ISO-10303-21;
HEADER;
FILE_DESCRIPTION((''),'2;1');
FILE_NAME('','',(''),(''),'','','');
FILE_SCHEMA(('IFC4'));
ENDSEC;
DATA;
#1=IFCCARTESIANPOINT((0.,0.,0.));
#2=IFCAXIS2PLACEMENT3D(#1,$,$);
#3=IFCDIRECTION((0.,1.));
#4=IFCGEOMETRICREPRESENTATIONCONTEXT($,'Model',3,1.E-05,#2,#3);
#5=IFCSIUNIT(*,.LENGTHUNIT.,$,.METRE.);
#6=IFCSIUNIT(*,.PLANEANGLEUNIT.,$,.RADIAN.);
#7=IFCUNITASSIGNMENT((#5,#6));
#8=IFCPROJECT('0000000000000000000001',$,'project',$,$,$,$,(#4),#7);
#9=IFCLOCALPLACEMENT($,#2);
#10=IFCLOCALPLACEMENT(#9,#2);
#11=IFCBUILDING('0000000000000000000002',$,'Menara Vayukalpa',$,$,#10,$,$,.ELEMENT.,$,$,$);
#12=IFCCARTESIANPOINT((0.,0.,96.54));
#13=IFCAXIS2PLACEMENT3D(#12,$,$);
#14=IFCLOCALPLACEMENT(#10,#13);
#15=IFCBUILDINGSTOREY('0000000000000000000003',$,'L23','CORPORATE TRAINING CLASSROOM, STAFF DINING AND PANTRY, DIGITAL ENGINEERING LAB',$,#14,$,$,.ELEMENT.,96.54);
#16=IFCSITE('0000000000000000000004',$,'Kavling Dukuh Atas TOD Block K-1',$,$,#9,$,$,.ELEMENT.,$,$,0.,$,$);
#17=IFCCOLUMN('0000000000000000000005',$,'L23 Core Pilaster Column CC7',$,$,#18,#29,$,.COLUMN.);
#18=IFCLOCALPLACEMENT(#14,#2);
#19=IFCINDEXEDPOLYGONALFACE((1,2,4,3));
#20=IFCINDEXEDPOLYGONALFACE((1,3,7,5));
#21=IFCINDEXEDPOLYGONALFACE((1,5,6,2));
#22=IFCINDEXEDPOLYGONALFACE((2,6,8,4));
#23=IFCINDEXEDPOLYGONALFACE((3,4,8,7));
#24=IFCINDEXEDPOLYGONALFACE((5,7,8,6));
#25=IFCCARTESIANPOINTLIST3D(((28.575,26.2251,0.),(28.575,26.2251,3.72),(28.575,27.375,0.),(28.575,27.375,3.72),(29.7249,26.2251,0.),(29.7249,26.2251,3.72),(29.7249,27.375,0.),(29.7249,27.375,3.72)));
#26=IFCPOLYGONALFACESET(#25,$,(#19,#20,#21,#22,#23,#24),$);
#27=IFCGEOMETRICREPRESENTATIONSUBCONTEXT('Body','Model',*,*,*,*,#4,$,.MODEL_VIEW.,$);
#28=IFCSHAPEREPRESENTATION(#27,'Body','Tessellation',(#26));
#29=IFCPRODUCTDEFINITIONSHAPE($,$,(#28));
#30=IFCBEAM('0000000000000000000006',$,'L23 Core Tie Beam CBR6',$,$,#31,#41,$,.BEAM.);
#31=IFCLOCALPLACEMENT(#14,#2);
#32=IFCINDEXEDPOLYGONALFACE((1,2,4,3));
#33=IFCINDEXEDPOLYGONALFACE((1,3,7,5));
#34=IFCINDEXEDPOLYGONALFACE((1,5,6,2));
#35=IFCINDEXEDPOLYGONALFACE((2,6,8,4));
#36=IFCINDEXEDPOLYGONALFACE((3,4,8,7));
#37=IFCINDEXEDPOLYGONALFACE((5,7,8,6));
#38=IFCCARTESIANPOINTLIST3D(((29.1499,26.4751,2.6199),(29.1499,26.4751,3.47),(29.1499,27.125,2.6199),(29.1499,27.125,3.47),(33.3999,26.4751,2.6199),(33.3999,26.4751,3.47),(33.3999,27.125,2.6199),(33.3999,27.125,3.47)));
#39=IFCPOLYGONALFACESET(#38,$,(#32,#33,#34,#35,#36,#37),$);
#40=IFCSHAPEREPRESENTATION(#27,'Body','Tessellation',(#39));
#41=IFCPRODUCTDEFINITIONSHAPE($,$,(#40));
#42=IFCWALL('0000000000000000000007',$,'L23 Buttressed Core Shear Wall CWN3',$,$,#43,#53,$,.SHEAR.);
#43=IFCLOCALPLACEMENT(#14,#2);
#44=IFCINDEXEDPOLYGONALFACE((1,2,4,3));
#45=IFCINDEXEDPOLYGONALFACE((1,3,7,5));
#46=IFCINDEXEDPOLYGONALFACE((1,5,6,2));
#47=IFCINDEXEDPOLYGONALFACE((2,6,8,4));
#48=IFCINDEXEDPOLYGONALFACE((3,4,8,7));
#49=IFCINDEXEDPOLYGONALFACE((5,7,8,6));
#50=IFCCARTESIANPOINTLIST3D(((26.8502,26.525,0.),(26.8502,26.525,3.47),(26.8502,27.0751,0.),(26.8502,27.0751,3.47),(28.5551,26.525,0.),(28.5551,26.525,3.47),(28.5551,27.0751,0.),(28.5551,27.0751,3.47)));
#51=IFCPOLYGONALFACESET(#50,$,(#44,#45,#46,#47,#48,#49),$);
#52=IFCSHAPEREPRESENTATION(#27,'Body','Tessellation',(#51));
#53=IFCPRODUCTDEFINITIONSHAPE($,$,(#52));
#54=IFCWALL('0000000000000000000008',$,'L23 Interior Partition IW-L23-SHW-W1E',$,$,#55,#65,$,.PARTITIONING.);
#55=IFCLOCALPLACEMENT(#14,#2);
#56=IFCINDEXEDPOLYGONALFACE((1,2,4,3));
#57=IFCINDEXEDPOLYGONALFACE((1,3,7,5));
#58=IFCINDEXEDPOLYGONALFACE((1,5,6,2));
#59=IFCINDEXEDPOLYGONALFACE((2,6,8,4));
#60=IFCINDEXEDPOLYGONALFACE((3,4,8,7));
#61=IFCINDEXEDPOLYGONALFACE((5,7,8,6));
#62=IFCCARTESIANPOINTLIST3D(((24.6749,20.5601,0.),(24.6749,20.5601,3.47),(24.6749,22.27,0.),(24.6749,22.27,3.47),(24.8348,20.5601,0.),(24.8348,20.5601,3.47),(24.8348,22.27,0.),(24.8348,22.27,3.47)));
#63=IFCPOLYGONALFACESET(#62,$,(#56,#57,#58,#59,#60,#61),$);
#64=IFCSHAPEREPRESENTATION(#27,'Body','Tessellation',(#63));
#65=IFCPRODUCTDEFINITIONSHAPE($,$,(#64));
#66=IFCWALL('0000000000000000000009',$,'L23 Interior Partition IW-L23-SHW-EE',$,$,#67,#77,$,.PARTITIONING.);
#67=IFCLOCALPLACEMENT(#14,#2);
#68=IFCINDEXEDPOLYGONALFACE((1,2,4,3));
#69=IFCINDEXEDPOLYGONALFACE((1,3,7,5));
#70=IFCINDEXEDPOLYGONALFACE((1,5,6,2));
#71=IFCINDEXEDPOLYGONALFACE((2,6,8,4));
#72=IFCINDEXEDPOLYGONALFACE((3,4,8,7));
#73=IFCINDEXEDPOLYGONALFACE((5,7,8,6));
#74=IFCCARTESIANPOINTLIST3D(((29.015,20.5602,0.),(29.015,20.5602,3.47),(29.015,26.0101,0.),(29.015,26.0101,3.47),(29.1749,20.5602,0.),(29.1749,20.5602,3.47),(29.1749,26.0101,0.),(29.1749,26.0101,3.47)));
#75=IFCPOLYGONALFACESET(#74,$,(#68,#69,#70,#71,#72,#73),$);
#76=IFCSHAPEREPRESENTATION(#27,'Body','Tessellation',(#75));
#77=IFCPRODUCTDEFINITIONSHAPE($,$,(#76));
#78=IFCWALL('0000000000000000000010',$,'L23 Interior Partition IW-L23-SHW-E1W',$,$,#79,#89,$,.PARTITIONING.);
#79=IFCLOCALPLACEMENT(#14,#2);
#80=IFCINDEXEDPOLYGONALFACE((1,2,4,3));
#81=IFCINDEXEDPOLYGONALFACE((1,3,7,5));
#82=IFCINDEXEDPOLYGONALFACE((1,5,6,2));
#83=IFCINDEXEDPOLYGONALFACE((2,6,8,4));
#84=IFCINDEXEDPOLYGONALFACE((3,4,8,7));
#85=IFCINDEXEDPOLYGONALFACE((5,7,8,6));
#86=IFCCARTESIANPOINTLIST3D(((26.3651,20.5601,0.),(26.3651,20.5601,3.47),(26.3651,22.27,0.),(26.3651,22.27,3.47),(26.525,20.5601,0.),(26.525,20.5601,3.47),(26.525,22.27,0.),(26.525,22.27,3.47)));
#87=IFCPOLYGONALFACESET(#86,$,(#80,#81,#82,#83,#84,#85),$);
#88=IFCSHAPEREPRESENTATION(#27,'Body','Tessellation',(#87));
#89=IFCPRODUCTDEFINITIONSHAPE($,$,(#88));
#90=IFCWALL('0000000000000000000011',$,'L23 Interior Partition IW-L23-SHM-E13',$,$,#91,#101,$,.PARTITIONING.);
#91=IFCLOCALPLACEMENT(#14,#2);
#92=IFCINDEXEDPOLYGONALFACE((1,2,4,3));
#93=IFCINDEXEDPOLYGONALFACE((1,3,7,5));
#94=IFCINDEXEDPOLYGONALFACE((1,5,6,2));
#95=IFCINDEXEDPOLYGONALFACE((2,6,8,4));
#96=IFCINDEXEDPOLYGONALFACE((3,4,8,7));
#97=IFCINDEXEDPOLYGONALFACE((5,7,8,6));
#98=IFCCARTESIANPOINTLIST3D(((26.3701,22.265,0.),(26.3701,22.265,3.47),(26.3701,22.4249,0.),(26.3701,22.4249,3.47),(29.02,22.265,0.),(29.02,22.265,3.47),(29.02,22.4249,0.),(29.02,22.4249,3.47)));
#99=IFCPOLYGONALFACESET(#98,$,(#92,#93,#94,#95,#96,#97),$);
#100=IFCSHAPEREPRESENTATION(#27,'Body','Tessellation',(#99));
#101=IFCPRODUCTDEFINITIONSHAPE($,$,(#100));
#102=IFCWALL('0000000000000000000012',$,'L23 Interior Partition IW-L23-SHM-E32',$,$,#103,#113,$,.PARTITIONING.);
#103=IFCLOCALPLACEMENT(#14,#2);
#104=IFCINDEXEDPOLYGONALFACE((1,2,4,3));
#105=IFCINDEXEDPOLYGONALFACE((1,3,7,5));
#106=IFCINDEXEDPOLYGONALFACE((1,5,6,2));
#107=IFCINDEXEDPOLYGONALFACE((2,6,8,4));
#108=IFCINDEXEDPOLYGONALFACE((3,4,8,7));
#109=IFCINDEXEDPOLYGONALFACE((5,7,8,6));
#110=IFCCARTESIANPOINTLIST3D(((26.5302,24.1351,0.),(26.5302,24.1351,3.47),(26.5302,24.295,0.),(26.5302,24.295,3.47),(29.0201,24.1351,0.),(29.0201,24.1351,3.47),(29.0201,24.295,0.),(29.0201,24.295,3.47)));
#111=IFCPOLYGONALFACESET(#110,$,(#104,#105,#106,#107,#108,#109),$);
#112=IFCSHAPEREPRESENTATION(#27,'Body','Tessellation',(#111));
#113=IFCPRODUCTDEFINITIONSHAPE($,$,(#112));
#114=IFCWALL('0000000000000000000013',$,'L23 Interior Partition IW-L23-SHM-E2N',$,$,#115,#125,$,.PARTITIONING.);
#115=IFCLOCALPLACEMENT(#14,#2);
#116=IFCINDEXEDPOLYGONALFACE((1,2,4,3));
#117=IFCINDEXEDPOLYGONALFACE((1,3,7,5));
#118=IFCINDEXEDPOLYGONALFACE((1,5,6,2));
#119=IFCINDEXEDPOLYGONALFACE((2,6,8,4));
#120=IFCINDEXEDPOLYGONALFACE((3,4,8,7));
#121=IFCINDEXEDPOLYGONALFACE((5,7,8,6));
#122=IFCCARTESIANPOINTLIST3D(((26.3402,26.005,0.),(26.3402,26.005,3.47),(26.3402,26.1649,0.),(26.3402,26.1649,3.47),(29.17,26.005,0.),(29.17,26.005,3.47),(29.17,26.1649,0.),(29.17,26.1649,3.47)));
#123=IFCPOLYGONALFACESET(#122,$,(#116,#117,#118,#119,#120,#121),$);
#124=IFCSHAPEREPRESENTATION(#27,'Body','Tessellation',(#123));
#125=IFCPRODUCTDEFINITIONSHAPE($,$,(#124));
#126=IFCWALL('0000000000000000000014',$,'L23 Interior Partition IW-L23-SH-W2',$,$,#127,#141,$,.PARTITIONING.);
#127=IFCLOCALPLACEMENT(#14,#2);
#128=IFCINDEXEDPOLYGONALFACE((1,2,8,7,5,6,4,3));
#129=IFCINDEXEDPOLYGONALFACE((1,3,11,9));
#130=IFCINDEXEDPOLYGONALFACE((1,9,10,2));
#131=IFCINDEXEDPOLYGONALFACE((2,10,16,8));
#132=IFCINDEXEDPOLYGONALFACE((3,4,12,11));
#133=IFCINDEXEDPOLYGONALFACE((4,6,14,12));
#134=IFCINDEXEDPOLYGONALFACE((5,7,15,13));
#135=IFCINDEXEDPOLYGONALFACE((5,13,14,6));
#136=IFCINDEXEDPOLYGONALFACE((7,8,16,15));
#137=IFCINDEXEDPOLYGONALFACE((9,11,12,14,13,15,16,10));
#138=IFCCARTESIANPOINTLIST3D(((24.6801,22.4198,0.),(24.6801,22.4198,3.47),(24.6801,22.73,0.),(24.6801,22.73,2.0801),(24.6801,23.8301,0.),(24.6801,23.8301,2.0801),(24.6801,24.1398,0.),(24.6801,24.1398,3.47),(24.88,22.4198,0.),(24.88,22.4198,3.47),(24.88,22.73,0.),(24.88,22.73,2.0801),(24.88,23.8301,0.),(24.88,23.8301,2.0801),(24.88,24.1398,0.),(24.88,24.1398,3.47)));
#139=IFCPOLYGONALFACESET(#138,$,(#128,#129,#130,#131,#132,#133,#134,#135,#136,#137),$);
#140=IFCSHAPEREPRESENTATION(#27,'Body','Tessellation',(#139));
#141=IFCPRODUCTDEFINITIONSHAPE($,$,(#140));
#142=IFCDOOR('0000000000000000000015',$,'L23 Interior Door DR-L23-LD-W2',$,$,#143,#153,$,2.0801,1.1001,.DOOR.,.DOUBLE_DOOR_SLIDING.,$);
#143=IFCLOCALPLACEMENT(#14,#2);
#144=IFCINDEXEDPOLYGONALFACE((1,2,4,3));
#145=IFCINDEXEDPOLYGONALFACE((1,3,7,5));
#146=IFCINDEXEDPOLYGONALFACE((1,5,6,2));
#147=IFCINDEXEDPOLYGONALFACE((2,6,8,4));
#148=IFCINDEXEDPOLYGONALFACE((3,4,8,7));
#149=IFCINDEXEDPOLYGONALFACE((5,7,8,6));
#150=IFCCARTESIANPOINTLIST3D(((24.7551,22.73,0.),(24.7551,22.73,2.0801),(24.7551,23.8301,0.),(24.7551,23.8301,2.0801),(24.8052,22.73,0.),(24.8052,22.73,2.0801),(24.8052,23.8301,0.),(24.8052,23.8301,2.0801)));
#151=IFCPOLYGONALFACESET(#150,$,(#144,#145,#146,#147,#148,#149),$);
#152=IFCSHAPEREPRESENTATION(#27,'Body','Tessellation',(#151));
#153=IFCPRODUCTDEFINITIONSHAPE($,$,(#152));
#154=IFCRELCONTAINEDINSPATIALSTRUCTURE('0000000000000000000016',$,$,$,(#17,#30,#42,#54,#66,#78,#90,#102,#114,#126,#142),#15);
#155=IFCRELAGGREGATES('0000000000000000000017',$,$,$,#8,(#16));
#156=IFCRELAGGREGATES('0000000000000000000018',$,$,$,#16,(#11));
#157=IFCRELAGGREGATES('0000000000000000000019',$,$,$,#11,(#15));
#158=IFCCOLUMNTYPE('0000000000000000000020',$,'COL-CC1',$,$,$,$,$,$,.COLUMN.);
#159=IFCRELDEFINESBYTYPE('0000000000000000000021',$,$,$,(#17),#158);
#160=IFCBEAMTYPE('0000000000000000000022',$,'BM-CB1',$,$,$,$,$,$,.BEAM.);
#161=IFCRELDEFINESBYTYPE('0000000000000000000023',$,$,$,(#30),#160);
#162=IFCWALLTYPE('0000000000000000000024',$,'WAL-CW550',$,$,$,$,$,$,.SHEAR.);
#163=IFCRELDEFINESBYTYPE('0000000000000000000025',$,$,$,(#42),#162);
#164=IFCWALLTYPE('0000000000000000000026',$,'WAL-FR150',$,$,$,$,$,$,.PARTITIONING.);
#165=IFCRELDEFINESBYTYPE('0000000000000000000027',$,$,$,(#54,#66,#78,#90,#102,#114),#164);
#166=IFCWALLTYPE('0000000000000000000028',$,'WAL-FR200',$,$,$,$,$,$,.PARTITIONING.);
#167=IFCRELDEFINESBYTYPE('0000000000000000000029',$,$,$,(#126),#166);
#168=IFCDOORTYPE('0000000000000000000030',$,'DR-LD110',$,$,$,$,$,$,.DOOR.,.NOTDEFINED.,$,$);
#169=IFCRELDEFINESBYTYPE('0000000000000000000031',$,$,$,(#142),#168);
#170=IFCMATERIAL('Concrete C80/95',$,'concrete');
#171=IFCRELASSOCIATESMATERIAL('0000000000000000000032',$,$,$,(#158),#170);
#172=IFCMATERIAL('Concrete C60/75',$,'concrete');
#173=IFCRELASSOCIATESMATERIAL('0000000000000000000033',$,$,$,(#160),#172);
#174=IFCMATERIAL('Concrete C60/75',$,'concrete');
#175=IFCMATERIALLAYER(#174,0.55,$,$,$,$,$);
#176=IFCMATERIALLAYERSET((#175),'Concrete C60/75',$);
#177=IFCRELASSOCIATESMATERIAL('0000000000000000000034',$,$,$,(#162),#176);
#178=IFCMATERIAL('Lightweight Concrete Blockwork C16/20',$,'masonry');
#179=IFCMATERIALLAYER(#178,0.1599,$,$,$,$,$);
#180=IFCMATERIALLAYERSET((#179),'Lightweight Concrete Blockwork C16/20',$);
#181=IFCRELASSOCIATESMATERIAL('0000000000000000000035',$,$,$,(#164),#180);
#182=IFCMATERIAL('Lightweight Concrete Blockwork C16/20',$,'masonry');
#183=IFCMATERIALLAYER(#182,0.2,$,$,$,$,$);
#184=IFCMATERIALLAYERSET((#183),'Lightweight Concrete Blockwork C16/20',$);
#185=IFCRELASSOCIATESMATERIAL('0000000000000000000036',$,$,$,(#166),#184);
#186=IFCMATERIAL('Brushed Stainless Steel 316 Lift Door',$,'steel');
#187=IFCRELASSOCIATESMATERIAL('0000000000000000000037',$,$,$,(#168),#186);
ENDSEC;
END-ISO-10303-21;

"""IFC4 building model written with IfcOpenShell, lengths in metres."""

from ifc_helpers import new_model, si_unit, direction, frame, frame_2d, origin, origin_2d, place, context, subcontext, project, spatial, rectangle, extrude, material, layer, layer_set, material_profile, profile_set, type_object, element, fill, save


model = new_model("IFC4")

# Units and contexts
model_context = context("Model", 3, precision=1e-05, world=origin(), true_north=direction((0.0, 1.0)))
body_context = subcontext(model_context, "Body", "Model", "MODEL_VIEW")
ifc_project = project(units=[si_unit("LENGTHUNIT", "METRE"), si_unit("PLANEANGLEUNIT", "RADIAN")], contexts=[model_context])

# Site, building, storey
site_placement = place(None, origin())
site = spatial("IfcSite", under=ifc_project, at=site_placement, Name="Kavling Dukuh Atas TOD Block K-1", CompositionType="ELEMENT", RefElevation=0.0)
building_placement = place(site_placement, origin())
building = spatial("IfcBuilding", under=site, at=building_placement, Name="Menara Vayukalpa", CompositionType="ELEMENT")
storey_placement = place(building_placement, frame((0.0, 0.0, 96.54)))
storey = spatial("IfcBuildingStorey", under=building, at=storey_placement, Name="L23", Description="CORPORATE TRAINING CLASSROOM, STAFF DINING AND PANTRY, DIGITAL ENGINEERING LAB", CompositionType="ELEMENT", Elevation=96.54)

# Column
ifc_material_1 = material(Name="Concrete C80/95", Category="concrete")
ifc_material_profile_1 = material_profile(ifc_material_1, rectangle(XDim=1.1499, YDim=1.1499, at=origin_2d()), Name="RC 1150x1150")
ifc_profile_set_1 = profile_set([ifc_material_profile_1], Name="Concrete C80/95")
column_type = type_object("IfcColumnType", Name="COL-CC1", PredefinedType="COLUMN", material=ifc_profile_set_1)
column_placement = place(storey_placement, frame((29.1499, 26.8, 0.0), z_axis=(0.0, 0.0, 1.0), x_axis=(1.0, 0.0, 0.0)))
element("IfcColumn", 1, at=column_placement, inside=storey, type_object=column_type, Name="L23 Core Pilaster Column CC7", PredefinedType="COLUMN", context=body_context, shape_type="SweptSolid", body=[
    extrude(rectangle(XDim=1.1499, YDim=1.1499, at=origin_2d()), origin(), (0.0, 0.0, 1.0), 3.72),
])

# Beam
ifc_material_2 = material(Name="Concrete C60/75", Category="concrete")
ifc_material_profile_2 = material_profile(ifc_material_2, rectangle(XDim=0.6499, YDim=0.8501, at=origin_2d()), Name="RC 650x850")
ifc_profile_set_2 = profile_set([ifc_material_profile_2], Name="Concrete C60/75")
beam_type = type_object("IfcBeamType", Name="BM-CB1", PredefinedType="BEAM", material=ifc_profile_set_2)
beam_placement = place(storey_placement, frame((29.1499, 26.8, 3.0449), z_axis=(1.0, 0.0, 0.0), x_axis=(0.0, 1.0, 0.0)))
element("IfcBeam", 2, at=beam_placement, inside=storey, type_object=beam_type, Name="L23 Core Tie Beam CBR6", PredefinedType="BEAM", context=body_context, shape_type="SweptSolid", body=[
    extrude(rectangle(XDim=0.6499, YDim=0.8501, at=origin_2d()), origin(), (0.0, 0.0, 1.0), 4.25),
])

# Walls
ifc_material_3 = material(Name="Concrete C60/75", Category="concrete")
ifc_layer_1 = layer(ifc_material_3, 0.55)
ifc_layer_set_1 = layer_set([ifc_layer_1], Name="Concrete C60/75")
wall_type_1 = type_object("IfcWallType", Name="WAL-CW550", PredefinedType="SHEAR", material=ifc_layer_set_1)
wall_1_placement = place(storey_placement, frame((26.8501, 26.8, 0.0), z_axis=(0.0, 0.0, 1.0), x_axis=(1.0, 0.0, 0.0)))
element("IfcWall", 3, at=wall_1_placement, inside=storey, type_object=wall_type_1, Name="L23 Buttressed Core Shear Wall CWN3", PredefinedType="SHEAR", context=body_context, shape_type="SweptSolid", body=[
    extrude(rectangle(XDim=1.7048, YDim=0.55, at=frame_2d((0.8525, 0.0))), origin(), (0.0, 0.0, 1.0), 3.47),
])
ifc_material_4 = material(Name="Lightweight Concrete Blockwork C16/20", Category="masonry")
ifc_layer_2 = layer(ifc_material_4, 0.1599)
ifc_layer_set_2 = layer_set([ifc_layer_2], Name="Lightweight Concrete Blockwork C16/20")
wall_type_2 = type_object("IfcWallType", Name="WAL-FR150", PredefinedType="PARTITIONING", material=ifc_layer_set_2)
wall_2_placement = place(storey_placement, frame((24.7549, 20.5601, 0.0), z_axis=(0.0, 0.0, 1.0), x_axis=(0.0, 1.0, 0.0)))
element("IfcWall", 4, at=wall_2_placement, inside=storey, type_object=wall_type_2, Name="L23 Interior Partition IW-L23-SHW-W1E", PredefinedType="PARTITIONING", context=body_context, shape_type="SweptSolid", body=[
    extrude(rectangle(XDim=1.71, YDim=0.1599, at=frame_2d((0.855, 0.0))), origin(), (0.0, 0.0, 1.0), 3.47),
])
wall_3_placement = place(storey_placement, frame((29.095, 20.5601, 0.0), z_axis=(0.0, 0.0, 1.0), x_axis=(0.0, 1.0, 0.0)))
element("IfcWall", 5, at=wall_3_placement, inside=storey, type_object=wall_type_2, Name="L23 Interior Partition IW-L23-SHW-EE", PredefinedType="PARTITIONING", context=body_context, shape_type="SweptSolid", body=[
    extrude(rectangle(XDim=5.45, YDim=0.1599, at=frame_2d((2.7251, 0.0))), origin(), (0.0, 0.0, 1.0), 3.47),
])
wall_4_placement = place(storey_placement, frame((26.4451, 20.5601, 0.0), z_axis=(0.0, 0.0, 1.0), x_axis=(0.0, 1.0, 0.0)))
element("IfcWall", 6, at=wall_4_placement, inside=storey, type_object=wall_type_2, Name="L23 Interior Partition IW-L23-SHW-E1W", PredefinedType="PARTITIONING", context=body_context, shape_type="SweptSolid", body=[
    extrude(rectangle(XDim=1.71, YDim=0.1599, at=frame_2d((0.855, 0.0))), origin(), (0.0, 0.0, 1.0), 3.47),
])
wall_5_placement = place(storey_placement, frame((26.3701, 22.345, 0.0), z_axis=(0.0, 0.0, 1.0), x_axis=(1.0, 0.0, 0.0)))
element("IfcWall", 7, at=wall_5_placement, inside=storey, type_object=wall_type_2, Name="L23 Interior Partition IW-L23-SHM-E13", PredefinedType="PARTITIONING", context=body_context, shape_type="SweptSolid", body=[
    extrude(rectangle(XDim=2.6499, YDim=0.1599, at=frame_2d((1.325, 0.0))), origin(), (0.0, 0.0, 1.0), 3.47),
])
wall_6_placement = place(storey_placement, frame((26.53, 24.2151, 0.0), z_axis=(0.0, 0.0, 1.0), x_axis=(1.0, 0.0, 0.0)))
element("IfcWall", 8, at=wall_6_placement, inside=storey, type_object=wall_type_2, Name="L23 Interior Partition IW-L23-SHM-E32", PredefinedType="PARTITIONING", context=body_context, shape_type="SweptSolid", body=[
    extrude(rectangle(XDim=2.49, YDim=0.1599, at=frame_2d((1.2451, 0.0))), origin(), (0.0, 0.0, 1.0), 3.47),
])
wall_7_placement = place(storey_placement, frame((26.3401, 26.085, 0.0), z_axis=(0.0, 0.0, 1.0), x_axis=(1.0, 0.0, 0.0)))
element("IfcWall", 9, at=wall_7_placement, inside=storey, type_object=wall_type_2, Name="L23 Interior Partition IW-L23-SHM-E2N", PredefinedType="PARTITIONING", context=body_context, shape_type="SweptSolid", body=[
    extrude(rectangle(XDim=2.8298, YDim=0.1599, at=frame_2d((1.415, 0.0))), origin(), (0.0, 0.0, 1.0), 3.47),
])

# Wall, opening, door
ifc_material_5 = material(Name="Lightweight Concrete Blockwork C16/20", Category="masonry")
ifc_layer_3 = layer(ifc_material_5, 0.2)
ifc_layer_set_3 = layer_set([ifc_layer_3], Name="Lightweight Concrete Blockwork C16/20")
wall_type_3 = type_object("IfcWallType", Name="WAL-FR200", PredefinedType="PARTITIONING", material=ifc_layer_set_3)
wall_8_placement = place(storey_placement, frame((24.78, 22.4199, 0.0), z_axis=(0.0, 0.0, 1.0), x_axis=(0.0, 1.0, 0.0)))
wall_8 = element("IfcWall", 10, at=wall_8_placement, inside=storey, type_object=wall_type_3, Name="L23 Interior Partition IW-L23-SH-W2", PredefinedType="PARTITIONING", context=body_context, shape_type="SweptSolid", body=[
    extrude(rectangle(XDim=1.72, YDim=0.2, at=frame_2d((0.8599, 0.0))), origin(), (0.0, 0.0, 1.0), 3.47),
])
opening_1_placement = place(wall_8_placement, frame((0.3101, 0.0, 0.0)))
opening_1 = element("IfcOpeningElement", 11, at=opening_1_placement, cuts=wall_8, PredefinedType="OPENING", context=body_context, shape_type="SweptSolid", body=[
    extrude(rectangle(XDim=1.1001, YDim=2.0801, at=frame_2d((0.55, 1.04))), frame((0.0, 0.1099, 0.0), z_axis=(0.0, -1.0, 0.0), x_axis=(1.0, 0.0, 0.0)), (0.0, 0.0, 1.0), 0.22),
])
ifc_material_6 = material(Name="Brushed Stainless Steel 316 Lift Door", Category="steel")
door_type = type_object("IfcDoorType", Name="DR-LD110", OperationType="NOTDEFINED", PredefinedType="DOOR", material=ifc_material_6)
door_1_placement = place(opening_1_placement, origin())
door_1 = element("IfcDoor", 12, at=door_1_placement, inside=storey, type_object=door_type, Name="L23 Interior Door DR-L23-LD-W2", OperationType="DOUBLE_DOOR_SLIDING", OverallHeight=2.0801, OverallWidth=1.1001, PredefinedType="DOOR", context=body_context, shape_type="SweptSolid", body=[
    extrude(rectangle(XDim=1.1001, YDim=2.0801, at=frame_2d((0.55, 1.04))), frame((0.0, 0.0249, 0.0), z_axis=(0.0, -1.0, 0.0), x_axis=(1.0, 0.0, 0.0)), (0.0, 0.0, 1.0), 0.05),
])
fill(opening_1, door_1)

save(model, "model.ifc")
